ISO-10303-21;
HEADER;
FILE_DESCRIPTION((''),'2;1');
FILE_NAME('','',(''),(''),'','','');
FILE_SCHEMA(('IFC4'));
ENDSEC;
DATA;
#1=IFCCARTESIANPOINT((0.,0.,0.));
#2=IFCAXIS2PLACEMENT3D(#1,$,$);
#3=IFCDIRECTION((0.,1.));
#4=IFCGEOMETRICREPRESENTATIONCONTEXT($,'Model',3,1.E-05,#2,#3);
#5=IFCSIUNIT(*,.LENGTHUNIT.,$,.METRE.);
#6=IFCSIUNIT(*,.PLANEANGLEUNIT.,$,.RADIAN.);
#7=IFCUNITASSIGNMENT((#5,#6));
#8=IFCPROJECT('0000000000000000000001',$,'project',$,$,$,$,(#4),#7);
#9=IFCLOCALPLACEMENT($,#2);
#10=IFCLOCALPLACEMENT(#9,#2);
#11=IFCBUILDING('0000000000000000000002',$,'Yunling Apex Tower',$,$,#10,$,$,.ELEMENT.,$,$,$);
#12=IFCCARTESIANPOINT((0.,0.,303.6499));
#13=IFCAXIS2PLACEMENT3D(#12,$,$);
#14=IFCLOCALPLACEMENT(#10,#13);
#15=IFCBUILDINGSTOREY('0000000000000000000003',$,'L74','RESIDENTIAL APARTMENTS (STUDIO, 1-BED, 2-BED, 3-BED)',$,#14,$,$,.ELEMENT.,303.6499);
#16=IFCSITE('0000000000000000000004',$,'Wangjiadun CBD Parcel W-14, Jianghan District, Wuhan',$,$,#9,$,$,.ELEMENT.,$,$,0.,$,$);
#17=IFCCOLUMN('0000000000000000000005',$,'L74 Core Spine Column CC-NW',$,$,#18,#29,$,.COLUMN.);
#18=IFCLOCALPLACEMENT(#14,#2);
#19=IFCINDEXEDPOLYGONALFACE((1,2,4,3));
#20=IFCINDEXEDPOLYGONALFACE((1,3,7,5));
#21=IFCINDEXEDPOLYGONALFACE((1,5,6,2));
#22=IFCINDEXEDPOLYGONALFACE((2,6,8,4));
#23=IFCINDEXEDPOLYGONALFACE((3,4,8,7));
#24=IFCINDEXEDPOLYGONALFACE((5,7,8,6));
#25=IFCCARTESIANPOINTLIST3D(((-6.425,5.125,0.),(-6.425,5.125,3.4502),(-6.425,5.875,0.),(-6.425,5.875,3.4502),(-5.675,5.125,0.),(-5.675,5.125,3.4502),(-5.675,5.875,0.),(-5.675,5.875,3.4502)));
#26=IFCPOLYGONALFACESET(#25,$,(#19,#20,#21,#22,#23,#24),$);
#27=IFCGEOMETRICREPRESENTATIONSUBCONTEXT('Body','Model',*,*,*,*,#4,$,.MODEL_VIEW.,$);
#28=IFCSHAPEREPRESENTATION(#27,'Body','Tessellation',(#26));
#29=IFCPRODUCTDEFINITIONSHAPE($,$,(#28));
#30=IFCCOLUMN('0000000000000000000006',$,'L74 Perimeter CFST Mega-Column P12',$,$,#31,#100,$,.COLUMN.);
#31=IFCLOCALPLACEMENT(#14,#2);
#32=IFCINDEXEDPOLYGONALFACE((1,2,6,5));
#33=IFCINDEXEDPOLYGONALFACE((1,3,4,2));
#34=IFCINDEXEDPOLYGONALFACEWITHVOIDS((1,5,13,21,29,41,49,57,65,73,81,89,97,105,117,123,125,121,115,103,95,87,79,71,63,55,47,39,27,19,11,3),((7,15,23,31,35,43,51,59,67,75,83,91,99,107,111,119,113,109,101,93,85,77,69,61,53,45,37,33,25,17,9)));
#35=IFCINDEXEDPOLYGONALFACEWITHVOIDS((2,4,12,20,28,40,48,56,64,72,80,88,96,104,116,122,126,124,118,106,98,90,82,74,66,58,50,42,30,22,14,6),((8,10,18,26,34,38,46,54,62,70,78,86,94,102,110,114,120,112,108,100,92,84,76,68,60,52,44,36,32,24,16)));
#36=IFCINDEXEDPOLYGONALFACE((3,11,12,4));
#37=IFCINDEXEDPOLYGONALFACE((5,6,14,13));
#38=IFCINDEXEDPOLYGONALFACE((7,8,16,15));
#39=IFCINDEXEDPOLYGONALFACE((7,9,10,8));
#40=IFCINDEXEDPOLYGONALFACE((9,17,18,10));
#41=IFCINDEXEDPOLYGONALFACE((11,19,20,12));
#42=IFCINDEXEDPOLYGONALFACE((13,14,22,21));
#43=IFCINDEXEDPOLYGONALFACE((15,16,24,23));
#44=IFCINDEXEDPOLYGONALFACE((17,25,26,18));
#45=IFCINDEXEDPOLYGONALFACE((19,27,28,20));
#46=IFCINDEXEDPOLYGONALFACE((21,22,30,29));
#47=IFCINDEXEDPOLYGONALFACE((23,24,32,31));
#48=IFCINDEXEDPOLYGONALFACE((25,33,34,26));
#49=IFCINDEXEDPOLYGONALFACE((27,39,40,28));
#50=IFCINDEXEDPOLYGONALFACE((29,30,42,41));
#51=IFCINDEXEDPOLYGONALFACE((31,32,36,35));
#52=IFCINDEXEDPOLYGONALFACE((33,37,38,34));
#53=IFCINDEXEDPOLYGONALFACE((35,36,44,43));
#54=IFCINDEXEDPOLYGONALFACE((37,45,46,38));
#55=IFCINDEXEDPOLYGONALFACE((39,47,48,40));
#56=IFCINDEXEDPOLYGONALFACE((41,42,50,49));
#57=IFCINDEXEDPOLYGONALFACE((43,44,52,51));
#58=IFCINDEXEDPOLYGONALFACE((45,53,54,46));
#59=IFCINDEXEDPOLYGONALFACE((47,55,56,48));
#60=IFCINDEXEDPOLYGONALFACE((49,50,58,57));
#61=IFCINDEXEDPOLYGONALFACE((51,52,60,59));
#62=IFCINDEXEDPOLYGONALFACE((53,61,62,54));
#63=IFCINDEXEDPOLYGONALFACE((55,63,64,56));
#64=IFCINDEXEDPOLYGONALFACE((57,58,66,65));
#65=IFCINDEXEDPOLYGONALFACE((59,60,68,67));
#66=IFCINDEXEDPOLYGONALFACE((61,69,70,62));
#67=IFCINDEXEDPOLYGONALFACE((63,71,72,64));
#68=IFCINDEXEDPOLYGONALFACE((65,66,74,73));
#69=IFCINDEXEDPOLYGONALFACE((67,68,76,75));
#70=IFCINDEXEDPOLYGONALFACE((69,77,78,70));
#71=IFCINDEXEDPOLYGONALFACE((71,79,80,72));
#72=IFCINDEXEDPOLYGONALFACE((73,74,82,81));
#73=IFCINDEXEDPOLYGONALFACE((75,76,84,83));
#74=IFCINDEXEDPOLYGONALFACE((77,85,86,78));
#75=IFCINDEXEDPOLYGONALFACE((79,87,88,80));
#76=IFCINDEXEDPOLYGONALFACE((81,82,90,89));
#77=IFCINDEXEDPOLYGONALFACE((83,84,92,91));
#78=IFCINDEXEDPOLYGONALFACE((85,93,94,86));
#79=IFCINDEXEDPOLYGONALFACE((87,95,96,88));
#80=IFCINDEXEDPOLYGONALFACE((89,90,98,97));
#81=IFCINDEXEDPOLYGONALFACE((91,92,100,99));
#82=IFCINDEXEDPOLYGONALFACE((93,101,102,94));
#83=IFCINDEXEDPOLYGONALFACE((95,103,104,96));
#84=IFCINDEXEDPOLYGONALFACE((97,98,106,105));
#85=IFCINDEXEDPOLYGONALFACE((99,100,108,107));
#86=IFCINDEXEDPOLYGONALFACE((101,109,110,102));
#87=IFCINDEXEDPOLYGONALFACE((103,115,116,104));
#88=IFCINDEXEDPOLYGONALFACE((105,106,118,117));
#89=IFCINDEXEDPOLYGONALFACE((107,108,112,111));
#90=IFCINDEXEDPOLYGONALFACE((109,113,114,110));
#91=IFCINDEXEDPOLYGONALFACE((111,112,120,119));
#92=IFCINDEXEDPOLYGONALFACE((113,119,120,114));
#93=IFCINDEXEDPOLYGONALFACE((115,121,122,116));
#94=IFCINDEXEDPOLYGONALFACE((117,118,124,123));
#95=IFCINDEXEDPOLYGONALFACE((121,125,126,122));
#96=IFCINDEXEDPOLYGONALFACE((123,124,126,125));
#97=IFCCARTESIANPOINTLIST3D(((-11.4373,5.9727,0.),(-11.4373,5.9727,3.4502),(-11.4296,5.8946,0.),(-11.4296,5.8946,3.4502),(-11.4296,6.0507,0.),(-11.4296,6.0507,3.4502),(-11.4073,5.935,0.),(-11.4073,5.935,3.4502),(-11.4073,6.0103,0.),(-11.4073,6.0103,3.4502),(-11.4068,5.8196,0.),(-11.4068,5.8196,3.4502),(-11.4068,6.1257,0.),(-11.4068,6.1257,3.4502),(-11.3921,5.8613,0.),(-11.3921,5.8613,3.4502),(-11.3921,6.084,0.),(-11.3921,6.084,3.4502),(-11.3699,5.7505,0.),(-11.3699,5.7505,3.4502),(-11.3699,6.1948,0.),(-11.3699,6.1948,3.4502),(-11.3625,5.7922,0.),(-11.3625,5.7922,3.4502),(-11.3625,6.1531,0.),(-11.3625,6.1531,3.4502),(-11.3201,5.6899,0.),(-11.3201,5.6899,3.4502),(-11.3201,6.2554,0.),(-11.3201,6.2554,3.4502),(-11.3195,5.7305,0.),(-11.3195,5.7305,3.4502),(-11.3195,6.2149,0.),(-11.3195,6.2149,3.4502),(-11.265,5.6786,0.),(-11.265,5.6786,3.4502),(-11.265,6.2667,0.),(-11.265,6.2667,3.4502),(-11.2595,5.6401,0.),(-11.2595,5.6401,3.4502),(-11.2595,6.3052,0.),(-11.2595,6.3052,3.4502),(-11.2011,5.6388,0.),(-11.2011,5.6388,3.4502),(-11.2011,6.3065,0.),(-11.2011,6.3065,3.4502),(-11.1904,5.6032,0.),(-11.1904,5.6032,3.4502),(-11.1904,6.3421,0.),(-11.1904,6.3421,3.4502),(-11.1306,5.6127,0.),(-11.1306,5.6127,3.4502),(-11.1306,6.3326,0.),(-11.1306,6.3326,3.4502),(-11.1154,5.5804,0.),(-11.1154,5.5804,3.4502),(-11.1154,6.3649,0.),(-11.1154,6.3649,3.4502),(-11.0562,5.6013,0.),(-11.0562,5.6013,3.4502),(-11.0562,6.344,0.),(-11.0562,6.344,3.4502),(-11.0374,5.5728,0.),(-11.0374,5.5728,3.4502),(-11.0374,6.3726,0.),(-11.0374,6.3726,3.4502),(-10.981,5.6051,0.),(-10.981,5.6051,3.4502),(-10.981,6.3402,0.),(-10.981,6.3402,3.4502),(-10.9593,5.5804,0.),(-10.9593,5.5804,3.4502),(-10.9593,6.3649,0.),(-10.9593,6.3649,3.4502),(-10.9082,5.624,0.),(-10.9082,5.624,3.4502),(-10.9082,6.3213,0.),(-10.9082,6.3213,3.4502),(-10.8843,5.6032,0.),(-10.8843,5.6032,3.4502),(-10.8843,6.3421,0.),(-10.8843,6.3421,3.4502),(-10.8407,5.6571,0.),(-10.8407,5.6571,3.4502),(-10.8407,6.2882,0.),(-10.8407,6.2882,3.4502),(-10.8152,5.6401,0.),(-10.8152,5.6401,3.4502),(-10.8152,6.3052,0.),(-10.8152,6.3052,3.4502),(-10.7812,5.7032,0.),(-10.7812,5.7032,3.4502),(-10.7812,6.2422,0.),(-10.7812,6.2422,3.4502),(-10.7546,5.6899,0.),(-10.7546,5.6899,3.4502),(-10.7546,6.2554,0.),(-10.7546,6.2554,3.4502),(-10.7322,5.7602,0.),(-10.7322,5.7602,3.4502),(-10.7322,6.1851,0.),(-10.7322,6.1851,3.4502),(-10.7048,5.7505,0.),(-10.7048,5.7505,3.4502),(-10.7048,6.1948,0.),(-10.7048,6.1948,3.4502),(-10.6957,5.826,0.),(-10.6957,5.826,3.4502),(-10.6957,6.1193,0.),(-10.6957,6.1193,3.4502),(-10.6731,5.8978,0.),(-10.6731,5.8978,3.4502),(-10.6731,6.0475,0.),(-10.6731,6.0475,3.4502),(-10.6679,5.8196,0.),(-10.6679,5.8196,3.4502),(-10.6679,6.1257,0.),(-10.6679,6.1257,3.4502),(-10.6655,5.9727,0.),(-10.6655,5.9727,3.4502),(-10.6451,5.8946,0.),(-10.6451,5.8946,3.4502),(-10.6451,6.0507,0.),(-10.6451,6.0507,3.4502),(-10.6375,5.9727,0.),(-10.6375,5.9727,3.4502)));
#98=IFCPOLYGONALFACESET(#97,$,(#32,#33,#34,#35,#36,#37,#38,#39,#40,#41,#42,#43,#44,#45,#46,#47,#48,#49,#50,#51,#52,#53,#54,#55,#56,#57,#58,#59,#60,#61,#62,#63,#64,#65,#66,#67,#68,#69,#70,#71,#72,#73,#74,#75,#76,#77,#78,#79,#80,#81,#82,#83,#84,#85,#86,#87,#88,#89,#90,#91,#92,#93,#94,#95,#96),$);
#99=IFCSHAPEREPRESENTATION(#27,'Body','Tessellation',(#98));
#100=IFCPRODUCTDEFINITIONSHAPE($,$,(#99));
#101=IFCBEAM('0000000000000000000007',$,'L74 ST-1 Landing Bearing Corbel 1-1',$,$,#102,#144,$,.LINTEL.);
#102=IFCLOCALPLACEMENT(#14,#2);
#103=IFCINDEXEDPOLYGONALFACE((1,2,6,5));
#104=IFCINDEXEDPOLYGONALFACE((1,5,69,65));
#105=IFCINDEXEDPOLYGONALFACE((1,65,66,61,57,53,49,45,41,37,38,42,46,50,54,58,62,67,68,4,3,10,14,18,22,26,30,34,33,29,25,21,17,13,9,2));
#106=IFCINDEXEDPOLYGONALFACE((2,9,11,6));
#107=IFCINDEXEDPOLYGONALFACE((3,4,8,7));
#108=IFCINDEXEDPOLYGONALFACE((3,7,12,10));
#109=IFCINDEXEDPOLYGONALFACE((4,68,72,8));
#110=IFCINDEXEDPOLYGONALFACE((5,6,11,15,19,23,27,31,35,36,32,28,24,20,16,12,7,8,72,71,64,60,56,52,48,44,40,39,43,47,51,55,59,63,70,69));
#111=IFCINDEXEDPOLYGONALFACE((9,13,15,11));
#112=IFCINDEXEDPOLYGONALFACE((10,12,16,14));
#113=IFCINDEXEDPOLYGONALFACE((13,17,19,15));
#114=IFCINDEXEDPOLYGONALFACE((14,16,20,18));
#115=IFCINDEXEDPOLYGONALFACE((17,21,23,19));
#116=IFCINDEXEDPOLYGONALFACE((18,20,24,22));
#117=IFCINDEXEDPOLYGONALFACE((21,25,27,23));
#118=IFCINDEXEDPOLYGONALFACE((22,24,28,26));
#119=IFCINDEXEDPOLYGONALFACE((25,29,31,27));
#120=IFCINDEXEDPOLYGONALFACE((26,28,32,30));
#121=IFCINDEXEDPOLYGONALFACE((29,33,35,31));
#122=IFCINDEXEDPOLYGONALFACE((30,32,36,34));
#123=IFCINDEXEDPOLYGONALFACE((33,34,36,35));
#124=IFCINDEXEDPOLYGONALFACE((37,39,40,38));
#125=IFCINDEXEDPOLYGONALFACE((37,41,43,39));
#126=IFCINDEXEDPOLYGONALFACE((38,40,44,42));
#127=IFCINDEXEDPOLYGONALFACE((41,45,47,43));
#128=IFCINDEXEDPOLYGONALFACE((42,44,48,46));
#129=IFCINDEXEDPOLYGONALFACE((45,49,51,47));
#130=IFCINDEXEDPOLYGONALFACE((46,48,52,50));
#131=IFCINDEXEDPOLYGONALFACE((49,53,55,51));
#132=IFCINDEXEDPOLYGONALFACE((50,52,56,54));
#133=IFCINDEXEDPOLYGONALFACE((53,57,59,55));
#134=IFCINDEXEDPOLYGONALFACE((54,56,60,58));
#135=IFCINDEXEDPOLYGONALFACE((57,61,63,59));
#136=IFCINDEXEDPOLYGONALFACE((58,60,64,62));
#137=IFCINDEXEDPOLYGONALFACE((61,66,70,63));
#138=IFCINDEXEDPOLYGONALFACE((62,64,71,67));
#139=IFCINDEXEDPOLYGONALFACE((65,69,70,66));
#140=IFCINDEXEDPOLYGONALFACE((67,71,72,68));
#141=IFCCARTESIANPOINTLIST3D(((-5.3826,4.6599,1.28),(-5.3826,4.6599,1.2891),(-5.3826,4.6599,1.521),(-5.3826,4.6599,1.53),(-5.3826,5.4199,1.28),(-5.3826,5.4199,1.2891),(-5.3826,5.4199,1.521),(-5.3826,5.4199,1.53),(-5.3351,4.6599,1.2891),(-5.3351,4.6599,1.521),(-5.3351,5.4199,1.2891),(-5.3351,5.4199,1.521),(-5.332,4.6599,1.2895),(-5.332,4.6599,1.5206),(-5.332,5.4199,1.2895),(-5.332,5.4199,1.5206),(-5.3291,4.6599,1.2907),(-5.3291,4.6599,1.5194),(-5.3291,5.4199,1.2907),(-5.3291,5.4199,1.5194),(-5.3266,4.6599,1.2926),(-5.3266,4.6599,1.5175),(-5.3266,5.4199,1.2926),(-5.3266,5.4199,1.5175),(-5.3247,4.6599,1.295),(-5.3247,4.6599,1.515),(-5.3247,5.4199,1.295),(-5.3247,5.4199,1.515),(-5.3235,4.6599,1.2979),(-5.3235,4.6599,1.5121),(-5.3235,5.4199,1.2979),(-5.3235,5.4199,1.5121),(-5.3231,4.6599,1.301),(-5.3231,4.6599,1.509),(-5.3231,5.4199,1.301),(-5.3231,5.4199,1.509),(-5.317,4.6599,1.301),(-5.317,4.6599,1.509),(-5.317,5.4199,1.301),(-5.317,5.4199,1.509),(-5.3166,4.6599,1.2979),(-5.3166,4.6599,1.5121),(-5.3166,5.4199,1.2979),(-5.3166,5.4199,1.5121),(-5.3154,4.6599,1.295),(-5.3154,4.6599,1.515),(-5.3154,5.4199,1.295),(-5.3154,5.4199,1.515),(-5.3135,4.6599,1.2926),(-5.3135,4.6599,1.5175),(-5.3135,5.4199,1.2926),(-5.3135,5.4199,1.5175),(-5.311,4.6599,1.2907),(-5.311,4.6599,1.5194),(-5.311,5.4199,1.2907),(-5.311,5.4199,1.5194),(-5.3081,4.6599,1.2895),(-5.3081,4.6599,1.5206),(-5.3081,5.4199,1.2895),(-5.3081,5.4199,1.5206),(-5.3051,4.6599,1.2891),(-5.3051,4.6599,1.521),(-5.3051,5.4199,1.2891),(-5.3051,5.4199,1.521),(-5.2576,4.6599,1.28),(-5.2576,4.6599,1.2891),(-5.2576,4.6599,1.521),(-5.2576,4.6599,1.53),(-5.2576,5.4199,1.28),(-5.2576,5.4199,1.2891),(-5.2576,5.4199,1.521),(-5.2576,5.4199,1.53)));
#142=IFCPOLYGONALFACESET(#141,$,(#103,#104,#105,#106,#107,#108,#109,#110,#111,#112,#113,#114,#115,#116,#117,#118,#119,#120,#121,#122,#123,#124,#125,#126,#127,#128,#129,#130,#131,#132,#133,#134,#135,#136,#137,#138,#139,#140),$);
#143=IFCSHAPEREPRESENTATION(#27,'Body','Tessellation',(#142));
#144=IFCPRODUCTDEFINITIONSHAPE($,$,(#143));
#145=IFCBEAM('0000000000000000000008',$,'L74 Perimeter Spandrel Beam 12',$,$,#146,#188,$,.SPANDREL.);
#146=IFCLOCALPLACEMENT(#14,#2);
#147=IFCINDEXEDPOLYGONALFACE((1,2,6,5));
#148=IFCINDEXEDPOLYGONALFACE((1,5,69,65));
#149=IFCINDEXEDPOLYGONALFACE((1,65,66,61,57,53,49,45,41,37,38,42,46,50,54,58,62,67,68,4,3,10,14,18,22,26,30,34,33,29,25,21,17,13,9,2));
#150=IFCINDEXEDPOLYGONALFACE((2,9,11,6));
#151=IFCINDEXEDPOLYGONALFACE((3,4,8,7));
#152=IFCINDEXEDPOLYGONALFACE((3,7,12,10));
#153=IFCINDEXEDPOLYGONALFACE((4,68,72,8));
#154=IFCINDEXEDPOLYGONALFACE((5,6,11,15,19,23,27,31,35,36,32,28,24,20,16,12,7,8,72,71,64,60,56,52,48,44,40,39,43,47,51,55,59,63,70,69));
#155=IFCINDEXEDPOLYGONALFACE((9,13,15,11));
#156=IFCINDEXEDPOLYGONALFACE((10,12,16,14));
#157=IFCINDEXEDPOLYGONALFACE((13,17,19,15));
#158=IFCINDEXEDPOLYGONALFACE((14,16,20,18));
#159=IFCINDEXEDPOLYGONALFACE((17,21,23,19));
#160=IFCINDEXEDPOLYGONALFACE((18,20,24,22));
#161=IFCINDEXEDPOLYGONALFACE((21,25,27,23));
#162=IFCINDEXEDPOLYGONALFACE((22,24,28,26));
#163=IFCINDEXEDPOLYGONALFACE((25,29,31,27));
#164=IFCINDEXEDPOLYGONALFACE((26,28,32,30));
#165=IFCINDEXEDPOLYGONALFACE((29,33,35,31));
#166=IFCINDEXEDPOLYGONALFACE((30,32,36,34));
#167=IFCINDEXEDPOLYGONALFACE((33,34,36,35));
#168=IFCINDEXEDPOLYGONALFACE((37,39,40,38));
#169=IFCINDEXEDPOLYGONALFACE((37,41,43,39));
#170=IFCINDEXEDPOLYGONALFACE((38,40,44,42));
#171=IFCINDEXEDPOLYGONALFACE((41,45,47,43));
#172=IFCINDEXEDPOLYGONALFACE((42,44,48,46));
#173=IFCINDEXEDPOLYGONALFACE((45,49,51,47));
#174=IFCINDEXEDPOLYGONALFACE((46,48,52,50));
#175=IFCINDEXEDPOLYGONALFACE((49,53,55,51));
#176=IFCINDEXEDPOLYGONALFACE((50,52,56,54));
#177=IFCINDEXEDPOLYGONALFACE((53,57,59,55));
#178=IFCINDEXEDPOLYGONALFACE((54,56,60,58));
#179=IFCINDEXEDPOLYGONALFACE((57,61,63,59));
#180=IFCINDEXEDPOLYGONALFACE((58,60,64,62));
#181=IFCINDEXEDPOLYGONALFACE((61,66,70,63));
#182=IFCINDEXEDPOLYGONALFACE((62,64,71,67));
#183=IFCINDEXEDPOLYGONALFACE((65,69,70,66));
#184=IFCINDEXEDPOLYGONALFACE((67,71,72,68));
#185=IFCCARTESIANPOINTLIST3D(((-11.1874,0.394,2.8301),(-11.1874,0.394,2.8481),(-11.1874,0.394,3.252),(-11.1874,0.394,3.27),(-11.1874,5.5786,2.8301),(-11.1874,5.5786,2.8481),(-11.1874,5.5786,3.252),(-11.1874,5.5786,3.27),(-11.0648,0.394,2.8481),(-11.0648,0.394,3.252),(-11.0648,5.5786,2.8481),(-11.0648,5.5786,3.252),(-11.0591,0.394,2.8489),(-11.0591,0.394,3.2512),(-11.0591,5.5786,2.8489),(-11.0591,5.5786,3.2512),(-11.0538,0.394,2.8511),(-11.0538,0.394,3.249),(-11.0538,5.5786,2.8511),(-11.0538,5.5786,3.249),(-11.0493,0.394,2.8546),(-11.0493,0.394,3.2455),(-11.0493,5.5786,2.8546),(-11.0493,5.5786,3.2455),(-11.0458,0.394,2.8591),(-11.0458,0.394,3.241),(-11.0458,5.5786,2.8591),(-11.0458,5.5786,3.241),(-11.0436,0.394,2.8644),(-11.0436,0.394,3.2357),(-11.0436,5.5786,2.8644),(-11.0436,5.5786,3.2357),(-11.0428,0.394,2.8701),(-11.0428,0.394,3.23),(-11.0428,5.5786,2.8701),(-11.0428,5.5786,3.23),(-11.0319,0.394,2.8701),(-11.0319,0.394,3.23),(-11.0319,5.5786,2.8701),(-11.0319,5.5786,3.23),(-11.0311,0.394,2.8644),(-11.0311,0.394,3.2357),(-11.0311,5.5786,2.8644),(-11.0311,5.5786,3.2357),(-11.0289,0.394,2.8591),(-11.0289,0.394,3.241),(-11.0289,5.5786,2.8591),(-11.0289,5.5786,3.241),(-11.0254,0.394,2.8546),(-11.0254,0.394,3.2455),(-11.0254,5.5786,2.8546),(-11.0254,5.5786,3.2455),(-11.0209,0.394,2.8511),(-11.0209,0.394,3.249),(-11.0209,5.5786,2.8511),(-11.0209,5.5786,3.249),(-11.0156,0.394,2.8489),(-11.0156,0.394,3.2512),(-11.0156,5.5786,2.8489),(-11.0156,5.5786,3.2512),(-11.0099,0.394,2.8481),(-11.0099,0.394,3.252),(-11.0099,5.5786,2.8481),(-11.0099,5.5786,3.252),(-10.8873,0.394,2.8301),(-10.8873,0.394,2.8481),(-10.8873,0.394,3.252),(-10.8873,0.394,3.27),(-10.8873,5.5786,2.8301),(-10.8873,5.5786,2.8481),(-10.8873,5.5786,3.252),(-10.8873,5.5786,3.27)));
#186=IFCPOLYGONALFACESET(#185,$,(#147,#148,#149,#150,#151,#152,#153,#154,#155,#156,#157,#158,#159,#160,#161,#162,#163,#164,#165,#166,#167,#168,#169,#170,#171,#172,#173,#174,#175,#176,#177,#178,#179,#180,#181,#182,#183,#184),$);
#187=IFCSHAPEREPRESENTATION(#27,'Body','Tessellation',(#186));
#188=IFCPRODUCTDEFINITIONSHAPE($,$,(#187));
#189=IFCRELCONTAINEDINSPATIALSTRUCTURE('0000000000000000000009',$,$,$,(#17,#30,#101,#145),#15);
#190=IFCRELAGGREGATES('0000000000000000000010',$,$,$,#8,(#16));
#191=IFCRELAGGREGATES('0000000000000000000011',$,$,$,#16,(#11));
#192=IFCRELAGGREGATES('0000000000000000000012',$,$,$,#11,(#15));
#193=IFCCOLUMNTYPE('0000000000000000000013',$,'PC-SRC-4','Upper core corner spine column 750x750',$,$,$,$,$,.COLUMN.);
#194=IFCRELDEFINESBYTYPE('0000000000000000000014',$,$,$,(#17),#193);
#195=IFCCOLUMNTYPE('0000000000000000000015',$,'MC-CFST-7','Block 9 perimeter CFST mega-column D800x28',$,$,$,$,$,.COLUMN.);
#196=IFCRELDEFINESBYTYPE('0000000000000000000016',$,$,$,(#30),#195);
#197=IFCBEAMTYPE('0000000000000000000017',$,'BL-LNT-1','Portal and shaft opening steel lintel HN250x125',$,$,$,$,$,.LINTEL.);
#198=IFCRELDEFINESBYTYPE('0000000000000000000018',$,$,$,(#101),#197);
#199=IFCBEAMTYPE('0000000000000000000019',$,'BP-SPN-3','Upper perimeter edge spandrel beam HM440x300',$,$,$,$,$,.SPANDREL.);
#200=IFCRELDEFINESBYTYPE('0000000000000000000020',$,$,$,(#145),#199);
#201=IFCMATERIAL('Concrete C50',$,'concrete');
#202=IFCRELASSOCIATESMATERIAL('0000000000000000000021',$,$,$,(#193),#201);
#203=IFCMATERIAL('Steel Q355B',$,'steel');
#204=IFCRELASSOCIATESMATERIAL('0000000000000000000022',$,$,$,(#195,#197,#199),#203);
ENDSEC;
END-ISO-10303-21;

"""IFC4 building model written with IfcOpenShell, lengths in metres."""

from ifc_helpers import new_model, si_unit, direction, frame, origin, origin_2d, place, context, subcontext, project, spatial, rectangle, hollow_circle, i_section, extrude, source, transform, mapped, material, material_profile, profile_set, type_object, element, save


model = new_model("IFC4")

# Units and contexts
model_context = context("Model", 3, precision=1e-05, world=origin(), true_north=direction((0.0, 1.0)))
body_context = subcontext(model_context, "Body", "Model", "MODEL_VIEW")
ifc_project = project(units=[si_unit("LENGTHUNIT", "METRE"), si_unit("PLANEANGLEUNIT", "RADIAN")], contexts=[model_context])

# Site, building, storey
site_placement = place(None, origin())
site = spatial("IfcSite", under=ifc_project, at=site_placement, Name="Wangjiadun CBD Parcel W-14, Jianghan District, Wuhan", CompositionType="ELEMENT", RefElevation=0.0)
building_placement = place(site_placement, origin())
building = spatial("IfcBuilding", under=site, at=building_placement, Name="Yunling Apex Tower", CompositionType="ELEMENT")
storey_placement = place(building_placement, frame((0.0, 0.0, 303.6499)))
storey = spatial("IfcBuildingStorey", under=building, at=storey_placement, Name="L74", Description="RESIDENTIAL APARTMENTS (STUDIO, 1-BED, 2-BED, 3-BED)", CompositionType="ELEMENT", Elevation=303.6499)

# Columns
ifc_material_1 = material(Name="Concrete C50", Category="concrete")
ifc_material_profile_1 = material_profile(ifc_material_1, rectangle(XDim=0.75, YDim=0.75, at=origin_2d()))
ifc_profile_set_1 = profile_set([ifc_material_profile_1], Name="Concrete C50")
column_type_1 = type_object("IfcColumnType", Name="PC-SRC-4", Description="Upper core corner spine column 750x750", PredefinedType="COLUMN", material=ifc_profile_set_1)
shared_shape_1 = source(origin(), body_context, "Body", "SweptSolid", [
    extrude(rectangle(XDim=0.75, YDim=0.75, at=origin_2d()), origin(), (0.0, 0.0, 1.0), 3.4502),
])
column_1_placement = place(storey_placement, frame((-6.05, 5.5, 0.0), z_axis=(0.0, 0.0, 1.0), x_axis=(1.0, 0.0, 0.0)))
element("IfcColumn", 1, at=column_1_placement, inside=storey, type_object=column_type_1, Name="L74 Core Spine Column CC-NW", PredefinedType="COLUMN", context=body_context, shape_type="MappedRepresentation", body=[
    mapped(shared_shape_1, transform((0.0, 0.0, 0.0), scale=1.0)),
])
ifc_material_2 = material(Name="Steel Q355B", Category="steel")
ifc_material_profile_2 = material_profile(ifc_material_2, hollow_circle(Radius=0.3999, WallThickness=0.0281, at=origin_2d()))
ifc_profile_set_2 = profile_set([ifc_material_profile_2], Name="Steel Q355B")
column_type_2 = type_object("IfcColumnType", Name="MC-CFST-7", Description="Block 9 perimeter CFST mega-column D800x28", PredefinedType="COLUMN", material=ifc_profile_set_2)
shared_shape_2 = source(origin(), body_context, "Body", "SweptSolid", [
    extrude(hollow_circle(Radius=0.3999, WallThickness=0.0281, at=origin_2d()), origin(), (0.0, 0.0, 1.0), 3.4502),
])
column_2_placement = place(storey_placement, frame((-11.0374, 5.9727, 0.0), z_axis=(0.0, 0.0, 1.0), x_axis=(1.0, 0.0, 0.0)))
element("IfcColumn", 2, at=column_2_placement, inside=storey, type_object=column_type_2, Name="L74 Perimeter CFST Mega-Column P12", PredefinedType="COLUMN", context=body_context, shape_type="MappedRepresentation", body=[
    mapped(shared_shape_2, transform((0.0, 0.0, 0.0), scale=1.0)),
])

# Beams
ifc_material_profile_3 = material_profile(ifc_material_2, i_section(OverallWidth=0.125, OverallDepth=0.25, WebThickness=0.0061, FlangeThickness=0.009, FilletRadius=0.012, at=origin_2d()))
ifc_profile_set_3 = profile_set([ifc_material_profile_3], Name="Steel Q355B")
beam_type_1 = type_object("IfcBeamType", Name="BL-LNT-1", Description="Portal and shaft opening steel lintel HN250x125", PredefinedType="LINTEL", material=ifc_profile_set_3)
shared_shape_3 = source(origin(), body_context, "Body", "SweptSolid", [
    extrude(i_section(OverallWidth=0.125, OverallDepth=0.25, WebThickness=0.0061, FlangeThickness=0.009, FilletRadius=0.012, at=origin_2d()), origin(), (0.0, 0.0, 1.0), 0.76),
])
beam_1_placement = place(storey_placement, frame((-5.3201, 5.4199, 1.405), z_axis=(0.0, -1.0, 0.0), x_axis=(1.0, 0.0, 0.0)))
element("IfcBeam", 3, at=beam_1_placement, inside=storey, type_object=beam_type_1, Name="L74 ST-1 Landing Bearing Corbel 1-1", PredefinedType="LINTEL", context=body_context, shape_type="MappedRepresentation", body=[
    mapped(shared_shape_3, transform((0.0, 0.0, 0.0), scale=1.0)),
])
ifc_material_profile_4 = material_profile(ifc_material_2, i_section(OverallWidth=0.3, OverallDepth=0.4399, WebThickness=0.011, FlangeThickness=0.0181, FilletRadius=0.022, at=origin_2d()))
ifc_profile_set_4 = profile_set([ifc_material_profile_4], Name="Steel Q355B")
beam_type_2 = type_object("IfcBeamType", Name="BP-SPN-3", Description="Upper perimeter edge spandrel beam HM440x300", PredefinedType="SPANDREL", material=ifc_profile_set_4)
shared_shape_4 = source(origin(), body_context, "Body", "SweptSolid", [
    extrude(i_section(OverallWidth=0.3, OverallDepth=0.4399, WebThickness=0.011, FlangeThickness=0.0181, FilletRadius=0.022, at=origin_2d()), origin(), (0.0, 0.0, 1.0), 5.1846),
])
beam_2_placement = place(storey_placement, frame((-11.0374, 5.5786, 3.05), z_axis=(0.0, -1.0, 0.0), x_axis=(1.0, 0.0, 0.0)))
element("IfcBeam", 4, at=beam_2_placement, inside=storey, type_object=beam_type_2, Name="L74 Perimeter Spandrel Beam 12", PredefinedType="SPANDREL", context=body_context, shape_type="MappedRepresentation", body=[
    mapped(shared_shape_4, transform((0.0, 0.0, 0.0), scale=1.0)),
])

save(model, "model.ifc")
